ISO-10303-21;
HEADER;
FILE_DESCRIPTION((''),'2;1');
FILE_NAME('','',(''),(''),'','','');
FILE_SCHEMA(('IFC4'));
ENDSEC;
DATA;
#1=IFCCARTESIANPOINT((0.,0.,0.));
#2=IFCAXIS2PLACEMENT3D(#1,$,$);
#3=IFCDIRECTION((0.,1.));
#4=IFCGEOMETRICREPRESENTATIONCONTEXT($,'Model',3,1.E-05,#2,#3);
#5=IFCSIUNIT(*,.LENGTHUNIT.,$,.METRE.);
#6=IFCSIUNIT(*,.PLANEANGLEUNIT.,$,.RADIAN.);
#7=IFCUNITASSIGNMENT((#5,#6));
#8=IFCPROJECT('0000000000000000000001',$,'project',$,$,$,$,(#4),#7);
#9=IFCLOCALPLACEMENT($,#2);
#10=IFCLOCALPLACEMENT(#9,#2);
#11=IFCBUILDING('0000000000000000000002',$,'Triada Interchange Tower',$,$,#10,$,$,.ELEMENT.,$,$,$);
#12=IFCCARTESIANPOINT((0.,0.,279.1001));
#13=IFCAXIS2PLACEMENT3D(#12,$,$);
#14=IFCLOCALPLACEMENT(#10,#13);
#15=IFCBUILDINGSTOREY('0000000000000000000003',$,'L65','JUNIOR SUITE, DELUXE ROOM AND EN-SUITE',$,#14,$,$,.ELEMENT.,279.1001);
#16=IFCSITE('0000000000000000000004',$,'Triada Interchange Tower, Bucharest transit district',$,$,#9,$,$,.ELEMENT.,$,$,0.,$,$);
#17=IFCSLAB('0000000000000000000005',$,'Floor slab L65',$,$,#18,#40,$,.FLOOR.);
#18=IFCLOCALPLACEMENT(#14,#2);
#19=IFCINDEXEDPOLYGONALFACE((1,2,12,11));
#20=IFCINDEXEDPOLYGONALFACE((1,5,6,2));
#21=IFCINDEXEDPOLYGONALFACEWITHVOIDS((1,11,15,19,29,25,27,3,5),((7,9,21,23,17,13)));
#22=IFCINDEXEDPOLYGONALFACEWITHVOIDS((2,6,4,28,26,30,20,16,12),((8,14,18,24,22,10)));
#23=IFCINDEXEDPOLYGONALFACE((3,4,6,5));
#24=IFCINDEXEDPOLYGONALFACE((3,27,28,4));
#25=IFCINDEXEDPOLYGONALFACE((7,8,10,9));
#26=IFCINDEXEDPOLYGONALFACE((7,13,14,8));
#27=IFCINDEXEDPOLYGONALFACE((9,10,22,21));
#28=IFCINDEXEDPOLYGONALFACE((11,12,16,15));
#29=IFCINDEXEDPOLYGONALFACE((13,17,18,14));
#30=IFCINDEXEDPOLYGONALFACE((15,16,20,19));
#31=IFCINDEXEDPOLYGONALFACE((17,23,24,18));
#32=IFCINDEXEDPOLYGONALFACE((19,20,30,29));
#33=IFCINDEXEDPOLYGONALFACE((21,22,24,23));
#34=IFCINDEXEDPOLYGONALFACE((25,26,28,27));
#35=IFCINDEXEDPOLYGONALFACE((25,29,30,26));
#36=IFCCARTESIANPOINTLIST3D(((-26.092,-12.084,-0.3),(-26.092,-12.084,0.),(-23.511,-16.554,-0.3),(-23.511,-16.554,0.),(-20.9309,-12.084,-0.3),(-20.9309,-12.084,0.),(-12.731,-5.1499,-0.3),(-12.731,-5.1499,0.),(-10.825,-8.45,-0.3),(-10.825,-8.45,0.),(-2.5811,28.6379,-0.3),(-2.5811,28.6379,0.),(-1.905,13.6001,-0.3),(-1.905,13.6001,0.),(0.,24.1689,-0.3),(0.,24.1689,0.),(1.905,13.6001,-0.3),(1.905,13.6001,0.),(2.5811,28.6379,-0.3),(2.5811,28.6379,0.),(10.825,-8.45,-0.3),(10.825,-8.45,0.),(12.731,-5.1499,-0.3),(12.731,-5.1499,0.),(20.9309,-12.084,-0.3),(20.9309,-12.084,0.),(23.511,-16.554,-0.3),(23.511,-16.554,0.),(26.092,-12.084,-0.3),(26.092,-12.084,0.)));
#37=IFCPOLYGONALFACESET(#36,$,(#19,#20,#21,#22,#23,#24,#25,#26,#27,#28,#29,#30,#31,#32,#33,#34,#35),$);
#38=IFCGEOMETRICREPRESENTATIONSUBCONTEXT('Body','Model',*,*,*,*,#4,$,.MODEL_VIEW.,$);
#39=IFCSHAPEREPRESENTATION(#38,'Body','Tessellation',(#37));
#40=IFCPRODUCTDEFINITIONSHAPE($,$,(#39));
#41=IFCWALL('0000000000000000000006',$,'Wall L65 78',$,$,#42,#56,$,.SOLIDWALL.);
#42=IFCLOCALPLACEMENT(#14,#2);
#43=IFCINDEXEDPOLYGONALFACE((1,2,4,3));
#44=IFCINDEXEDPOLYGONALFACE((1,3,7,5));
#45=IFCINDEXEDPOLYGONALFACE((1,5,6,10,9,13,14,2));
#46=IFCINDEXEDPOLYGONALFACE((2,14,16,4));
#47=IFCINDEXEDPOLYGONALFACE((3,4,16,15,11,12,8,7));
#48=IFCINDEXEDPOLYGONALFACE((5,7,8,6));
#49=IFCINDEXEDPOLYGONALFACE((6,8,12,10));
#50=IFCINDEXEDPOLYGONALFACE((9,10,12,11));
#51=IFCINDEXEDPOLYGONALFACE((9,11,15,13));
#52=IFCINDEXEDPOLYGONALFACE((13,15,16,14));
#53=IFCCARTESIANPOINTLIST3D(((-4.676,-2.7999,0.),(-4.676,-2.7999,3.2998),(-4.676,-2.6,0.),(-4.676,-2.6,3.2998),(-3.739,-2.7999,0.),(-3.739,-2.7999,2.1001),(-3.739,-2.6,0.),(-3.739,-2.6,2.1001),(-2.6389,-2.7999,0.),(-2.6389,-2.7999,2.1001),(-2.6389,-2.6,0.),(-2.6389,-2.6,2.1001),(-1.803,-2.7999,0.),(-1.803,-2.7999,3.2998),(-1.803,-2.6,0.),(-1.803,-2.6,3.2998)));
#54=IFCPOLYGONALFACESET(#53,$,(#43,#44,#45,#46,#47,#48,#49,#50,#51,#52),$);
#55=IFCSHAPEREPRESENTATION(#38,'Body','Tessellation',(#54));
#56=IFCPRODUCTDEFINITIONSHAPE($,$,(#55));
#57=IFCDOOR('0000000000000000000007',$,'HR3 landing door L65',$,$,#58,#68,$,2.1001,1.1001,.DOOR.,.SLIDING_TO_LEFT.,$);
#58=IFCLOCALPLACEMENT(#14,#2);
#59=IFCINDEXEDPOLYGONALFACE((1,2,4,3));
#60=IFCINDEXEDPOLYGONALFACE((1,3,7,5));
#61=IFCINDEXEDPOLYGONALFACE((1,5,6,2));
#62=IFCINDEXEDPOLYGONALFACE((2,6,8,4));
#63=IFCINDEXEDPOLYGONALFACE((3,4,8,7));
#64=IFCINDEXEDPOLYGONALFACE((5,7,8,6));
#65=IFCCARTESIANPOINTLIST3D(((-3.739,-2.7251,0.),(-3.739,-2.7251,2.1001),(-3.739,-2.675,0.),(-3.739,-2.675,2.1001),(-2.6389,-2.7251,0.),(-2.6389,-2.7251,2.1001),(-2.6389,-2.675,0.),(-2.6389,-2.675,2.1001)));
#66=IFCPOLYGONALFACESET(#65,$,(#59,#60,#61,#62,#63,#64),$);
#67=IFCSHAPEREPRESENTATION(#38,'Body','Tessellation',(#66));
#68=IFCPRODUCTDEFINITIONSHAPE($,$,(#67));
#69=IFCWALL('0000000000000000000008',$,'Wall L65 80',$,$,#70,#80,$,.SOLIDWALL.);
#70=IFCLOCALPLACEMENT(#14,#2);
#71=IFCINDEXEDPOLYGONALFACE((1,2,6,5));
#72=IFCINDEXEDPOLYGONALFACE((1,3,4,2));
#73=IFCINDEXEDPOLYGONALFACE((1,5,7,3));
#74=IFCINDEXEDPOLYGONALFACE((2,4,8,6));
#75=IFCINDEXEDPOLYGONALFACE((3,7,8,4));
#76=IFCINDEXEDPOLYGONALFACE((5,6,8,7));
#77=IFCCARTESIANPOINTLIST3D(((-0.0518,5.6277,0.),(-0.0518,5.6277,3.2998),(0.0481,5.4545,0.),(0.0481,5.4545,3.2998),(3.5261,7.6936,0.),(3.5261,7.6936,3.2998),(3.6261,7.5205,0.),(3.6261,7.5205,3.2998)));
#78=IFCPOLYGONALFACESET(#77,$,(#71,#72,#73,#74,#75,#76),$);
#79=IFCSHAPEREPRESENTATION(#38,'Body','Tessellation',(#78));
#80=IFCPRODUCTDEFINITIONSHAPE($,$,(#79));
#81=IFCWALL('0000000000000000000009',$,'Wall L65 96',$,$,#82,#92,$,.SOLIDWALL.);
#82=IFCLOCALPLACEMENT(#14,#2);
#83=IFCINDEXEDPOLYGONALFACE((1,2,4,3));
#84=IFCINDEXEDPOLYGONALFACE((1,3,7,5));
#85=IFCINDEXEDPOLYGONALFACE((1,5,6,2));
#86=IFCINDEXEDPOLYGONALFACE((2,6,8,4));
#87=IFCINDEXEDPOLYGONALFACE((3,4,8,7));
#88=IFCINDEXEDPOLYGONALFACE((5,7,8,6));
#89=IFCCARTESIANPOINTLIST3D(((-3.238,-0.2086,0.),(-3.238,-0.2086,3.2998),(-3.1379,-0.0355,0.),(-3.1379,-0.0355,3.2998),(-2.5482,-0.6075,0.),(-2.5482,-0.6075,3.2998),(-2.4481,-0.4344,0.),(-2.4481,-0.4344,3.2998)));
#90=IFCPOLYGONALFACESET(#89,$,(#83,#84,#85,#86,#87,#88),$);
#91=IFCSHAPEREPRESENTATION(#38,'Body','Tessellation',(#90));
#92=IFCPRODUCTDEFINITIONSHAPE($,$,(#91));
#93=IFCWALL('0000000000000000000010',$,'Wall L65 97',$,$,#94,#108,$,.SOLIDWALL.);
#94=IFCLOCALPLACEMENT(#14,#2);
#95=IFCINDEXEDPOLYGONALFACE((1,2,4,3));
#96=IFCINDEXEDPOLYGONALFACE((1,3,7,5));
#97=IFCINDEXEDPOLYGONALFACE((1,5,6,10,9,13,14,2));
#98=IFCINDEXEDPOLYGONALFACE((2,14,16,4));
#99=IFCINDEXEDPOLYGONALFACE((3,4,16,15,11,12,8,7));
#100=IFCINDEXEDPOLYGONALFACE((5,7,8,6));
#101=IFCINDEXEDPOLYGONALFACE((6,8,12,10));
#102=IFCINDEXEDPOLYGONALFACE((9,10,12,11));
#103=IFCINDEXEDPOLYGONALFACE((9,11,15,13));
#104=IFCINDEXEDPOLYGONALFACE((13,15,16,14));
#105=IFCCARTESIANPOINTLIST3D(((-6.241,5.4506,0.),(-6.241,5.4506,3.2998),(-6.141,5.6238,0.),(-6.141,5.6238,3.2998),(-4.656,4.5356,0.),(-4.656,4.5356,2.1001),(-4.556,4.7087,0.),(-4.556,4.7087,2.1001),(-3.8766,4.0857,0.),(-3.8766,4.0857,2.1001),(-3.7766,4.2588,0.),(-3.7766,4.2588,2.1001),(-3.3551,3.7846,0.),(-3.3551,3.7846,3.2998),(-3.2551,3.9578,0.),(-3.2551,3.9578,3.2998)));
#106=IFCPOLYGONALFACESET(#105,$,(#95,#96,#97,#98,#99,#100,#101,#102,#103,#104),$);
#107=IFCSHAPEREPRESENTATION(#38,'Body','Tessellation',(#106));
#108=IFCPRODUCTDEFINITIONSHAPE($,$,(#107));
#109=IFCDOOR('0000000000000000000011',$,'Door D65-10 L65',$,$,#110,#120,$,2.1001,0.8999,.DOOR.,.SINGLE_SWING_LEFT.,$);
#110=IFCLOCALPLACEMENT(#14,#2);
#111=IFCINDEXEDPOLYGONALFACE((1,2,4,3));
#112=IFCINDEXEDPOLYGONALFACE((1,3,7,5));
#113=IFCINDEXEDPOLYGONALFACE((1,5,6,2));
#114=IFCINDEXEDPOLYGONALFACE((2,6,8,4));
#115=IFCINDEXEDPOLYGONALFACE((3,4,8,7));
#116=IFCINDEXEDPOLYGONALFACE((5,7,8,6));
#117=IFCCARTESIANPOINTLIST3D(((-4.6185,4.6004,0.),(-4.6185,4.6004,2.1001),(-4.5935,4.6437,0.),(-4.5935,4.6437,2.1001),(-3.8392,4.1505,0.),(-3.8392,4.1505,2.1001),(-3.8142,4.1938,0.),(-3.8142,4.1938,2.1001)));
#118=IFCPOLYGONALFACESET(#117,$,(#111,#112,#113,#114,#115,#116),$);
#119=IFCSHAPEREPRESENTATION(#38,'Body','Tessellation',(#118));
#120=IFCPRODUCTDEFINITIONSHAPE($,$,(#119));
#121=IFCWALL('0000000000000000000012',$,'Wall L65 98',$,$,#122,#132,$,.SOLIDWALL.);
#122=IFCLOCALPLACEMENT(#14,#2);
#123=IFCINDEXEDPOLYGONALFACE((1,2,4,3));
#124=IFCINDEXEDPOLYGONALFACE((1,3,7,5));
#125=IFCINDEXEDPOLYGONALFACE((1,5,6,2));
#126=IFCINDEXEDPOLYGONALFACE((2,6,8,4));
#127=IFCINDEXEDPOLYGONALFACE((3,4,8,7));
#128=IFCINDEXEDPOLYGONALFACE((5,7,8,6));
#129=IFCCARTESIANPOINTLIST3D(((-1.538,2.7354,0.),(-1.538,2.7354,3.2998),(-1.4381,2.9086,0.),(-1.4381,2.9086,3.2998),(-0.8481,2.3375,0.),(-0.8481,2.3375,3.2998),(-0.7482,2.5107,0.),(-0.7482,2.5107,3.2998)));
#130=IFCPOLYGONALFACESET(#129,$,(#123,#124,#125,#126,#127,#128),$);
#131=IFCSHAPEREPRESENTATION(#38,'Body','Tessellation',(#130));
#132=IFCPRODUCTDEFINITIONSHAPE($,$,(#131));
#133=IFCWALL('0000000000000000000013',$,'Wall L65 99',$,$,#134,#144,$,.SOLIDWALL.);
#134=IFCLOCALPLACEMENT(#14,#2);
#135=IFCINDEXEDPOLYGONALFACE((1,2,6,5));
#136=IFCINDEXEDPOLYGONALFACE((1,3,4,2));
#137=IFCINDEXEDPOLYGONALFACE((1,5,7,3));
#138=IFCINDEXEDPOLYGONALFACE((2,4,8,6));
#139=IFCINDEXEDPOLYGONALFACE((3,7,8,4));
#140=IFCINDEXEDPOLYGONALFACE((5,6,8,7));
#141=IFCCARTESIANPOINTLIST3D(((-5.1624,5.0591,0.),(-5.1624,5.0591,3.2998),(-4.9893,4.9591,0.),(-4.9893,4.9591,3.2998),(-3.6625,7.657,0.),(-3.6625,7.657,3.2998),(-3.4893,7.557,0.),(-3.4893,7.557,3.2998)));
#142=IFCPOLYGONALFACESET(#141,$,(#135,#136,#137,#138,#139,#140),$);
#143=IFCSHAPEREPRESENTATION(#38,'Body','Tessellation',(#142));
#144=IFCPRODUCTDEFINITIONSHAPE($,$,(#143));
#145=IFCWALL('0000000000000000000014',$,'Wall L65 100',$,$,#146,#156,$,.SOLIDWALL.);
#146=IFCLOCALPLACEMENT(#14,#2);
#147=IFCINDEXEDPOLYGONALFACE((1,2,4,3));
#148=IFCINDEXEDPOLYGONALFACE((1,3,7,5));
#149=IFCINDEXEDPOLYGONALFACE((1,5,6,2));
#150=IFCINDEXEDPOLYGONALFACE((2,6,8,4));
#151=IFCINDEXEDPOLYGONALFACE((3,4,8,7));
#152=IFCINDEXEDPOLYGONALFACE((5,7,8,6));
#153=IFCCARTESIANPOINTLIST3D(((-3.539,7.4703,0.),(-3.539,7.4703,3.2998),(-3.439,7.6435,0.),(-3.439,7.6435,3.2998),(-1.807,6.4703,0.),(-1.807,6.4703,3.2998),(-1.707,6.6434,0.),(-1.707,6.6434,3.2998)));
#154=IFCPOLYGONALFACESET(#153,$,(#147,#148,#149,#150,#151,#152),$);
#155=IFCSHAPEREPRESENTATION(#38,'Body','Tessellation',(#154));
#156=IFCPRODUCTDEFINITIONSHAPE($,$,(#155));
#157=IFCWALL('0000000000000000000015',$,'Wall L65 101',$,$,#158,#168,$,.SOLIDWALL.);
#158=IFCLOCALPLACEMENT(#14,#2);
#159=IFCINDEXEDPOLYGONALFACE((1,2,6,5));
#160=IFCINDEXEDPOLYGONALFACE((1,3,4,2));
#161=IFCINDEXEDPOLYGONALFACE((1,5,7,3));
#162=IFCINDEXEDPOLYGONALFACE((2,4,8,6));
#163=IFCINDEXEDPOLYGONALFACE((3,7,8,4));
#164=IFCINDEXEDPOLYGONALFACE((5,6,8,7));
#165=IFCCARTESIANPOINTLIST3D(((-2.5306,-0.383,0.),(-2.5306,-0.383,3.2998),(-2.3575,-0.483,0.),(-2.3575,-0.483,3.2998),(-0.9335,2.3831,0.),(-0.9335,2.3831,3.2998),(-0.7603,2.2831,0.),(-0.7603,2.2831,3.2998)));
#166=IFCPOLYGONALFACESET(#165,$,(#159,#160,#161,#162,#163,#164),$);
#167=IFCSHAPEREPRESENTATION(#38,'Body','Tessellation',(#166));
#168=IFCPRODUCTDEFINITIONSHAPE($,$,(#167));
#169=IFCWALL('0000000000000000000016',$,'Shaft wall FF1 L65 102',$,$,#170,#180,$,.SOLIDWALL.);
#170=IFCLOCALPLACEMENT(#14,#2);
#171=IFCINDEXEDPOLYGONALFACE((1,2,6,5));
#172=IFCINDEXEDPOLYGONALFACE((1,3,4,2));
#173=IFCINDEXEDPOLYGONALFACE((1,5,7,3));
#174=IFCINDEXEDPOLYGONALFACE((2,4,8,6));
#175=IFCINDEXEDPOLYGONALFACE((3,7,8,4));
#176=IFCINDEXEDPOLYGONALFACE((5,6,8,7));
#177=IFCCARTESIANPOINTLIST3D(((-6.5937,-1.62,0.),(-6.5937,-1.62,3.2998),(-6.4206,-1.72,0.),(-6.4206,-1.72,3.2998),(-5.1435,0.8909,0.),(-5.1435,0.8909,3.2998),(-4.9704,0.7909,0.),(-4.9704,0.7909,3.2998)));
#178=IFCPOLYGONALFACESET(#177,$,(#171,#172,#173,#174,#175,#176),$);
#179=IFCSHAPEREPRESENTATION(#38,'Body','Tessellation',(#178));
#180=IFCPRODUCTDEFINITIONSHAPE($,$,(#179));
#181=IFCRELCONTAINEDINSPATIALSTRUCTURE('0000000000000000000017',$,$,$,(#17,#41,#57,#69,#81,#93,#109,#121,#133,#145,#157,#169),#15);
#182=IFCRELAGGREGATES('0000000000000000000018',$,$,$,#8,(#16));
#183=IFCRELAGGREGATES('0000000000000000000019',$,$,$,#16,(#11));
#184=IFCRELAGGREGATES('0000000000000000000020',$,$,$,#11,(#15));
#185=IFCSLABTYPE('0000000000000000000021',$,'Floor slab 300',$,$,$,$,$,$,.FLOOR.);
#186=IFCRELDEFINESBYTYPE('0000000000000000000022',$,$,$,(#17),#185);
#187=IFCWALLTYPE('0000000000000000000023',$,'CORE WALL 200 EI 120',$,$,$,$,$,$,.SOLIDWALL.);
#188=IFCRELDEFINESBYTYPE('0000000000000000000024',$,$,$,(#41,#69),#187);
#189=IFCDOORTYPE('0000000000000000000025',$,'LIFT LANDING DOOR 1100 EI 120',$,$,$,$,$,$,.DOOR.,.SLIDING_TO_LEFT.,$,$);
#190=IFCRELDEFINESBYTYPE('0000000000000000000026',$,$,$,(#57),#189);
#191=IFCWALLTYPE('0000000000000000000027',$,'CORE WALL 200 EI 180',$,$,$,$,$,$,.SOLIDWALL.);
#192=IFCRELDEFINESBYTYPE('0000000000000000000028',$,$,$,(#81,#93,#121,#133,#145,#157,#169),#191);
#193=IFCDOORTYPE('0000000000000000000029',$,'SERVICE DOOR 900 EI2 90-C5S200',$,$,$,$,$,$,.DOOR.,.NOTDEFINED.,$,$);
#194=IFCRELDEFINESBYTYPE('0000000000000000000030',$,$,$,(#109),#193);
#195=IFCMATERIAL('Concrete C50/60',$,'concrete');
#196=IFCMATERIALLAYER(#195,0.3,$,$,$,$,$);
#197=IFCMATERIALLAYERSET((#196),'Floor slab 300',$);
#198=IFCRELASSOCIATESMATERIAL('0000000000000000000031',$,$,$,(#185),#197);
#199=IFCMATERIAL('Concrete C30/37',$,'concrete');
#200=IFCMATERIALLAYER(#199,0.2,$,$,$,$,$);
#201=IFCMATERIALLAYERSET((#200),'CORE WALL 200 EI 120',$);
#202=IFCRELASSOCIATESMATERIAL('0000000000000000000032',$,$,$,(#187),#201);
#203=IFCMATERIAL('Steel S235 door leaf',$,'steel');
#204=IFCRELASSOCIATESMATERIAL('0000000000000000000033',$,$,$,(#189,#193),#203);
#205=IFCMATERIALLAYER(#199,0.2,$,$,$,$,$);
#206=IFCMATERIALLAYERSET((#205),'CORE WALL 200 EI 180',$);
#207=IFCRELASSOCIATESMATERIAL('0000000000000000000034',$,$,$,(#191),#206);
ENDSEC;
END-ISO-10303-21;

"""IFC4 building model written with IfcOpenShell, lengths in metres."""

from ifc_helpers import new_model, si_unit, direction, frame, frame_2d, origin, place, context, subcontext, project, spatial, polyline, rectangle, outline, extrude, material, layer, layer_set, type_object, element, fill, save


model = new_model("IFC4")

# Units and contexts
model_context = context("Model", 3, precision=1e-05, world=origin(), true_north=direction((0.0, 1.0)))
body_context = subcontext(model_context, "Body", "Model", "MODEL_VIEW")
ifc_project = project(units=[si_unit("LENGTHUNIT", "METRE"), si_unit("PLANEANGLEUNIT", "RADIAN")], contexts=[model_context])

# Site, building, storey
site_placement = place(None, origin())
site = spatial("IfcSite", under=ifc_project, at=site_placement, Name="Triada Interchange Tower, Bucharest transit district", CompositionType="ELEMENT", RefElevation=0.0)
building_placement = place(site_placement, origin())
building = spatial("IfcBuilding", under=site, at=building_placement, Name="Triada Interchange Tower", CompositionType="ELEMENT")
storey_placement = place(building_placement, frame((0.0, 0.0, 279.1001)))
storey = spatial("IfcBuildingStorey", under=building, at=storey_placement, Name="L65", Description="JUNIOR SUITE, DELUXE ROOM AND EN-SUITE", CompositionType="ELEMENT", Elevation=279.1001)

# Slab
ifc_material_1 = material(Name="Concrete C50/60", Category="concrete")
ifc_layer_1 = layer(ifc_material_1, 0.3)
ifc_layer_set_1 = layer_set([ifc_layer_1], Name="Floor slab 300")
slab_type = type_object("IfcSlabType", Name="Floor slab 300", PredefinedType="FLOOR", material=ifc_layer_set_1)
slab_placement = place(storey_placement, frame((0.0, 0.0, -0.3)))
element("IfcSlab", 1, at=slab_placement, inside=storey, type_object=slab_type, Name="Floor slab L65", PredefinedType="FLOOR", context=body_context, shape_type="SweptSolid", body=[
    extrude(outline(polyline([(-2.5811, 28.6379), (-26.092, -12.084), (-20.9309, -12.084), (-23.511, -16.554), (23.511, -16.554), (20.9309, -12.084), (26.092, -12.084), (2.5811, 28.6379), (0.0, 24.1689), (-2.5811, 28.6379)]), holes=[polyline([(1.905, 13.6001), (-1.905, 13.6001), (-12.731, -5.1499), (-10.825, -8.45), (10.825, -8.45), (12.731, -5.1499), (1.905, 13.6001)])]), origin(), (0.0, 0.0, 1.0), 0.3),
])

# Wall, opening, door
ifc_material_2 = material(Name="Concrete C30/37", Category="concrete")
ifc_layer_2 = layer(ifc_material_2, 0.2)
ifc_layer_set_2 = layer_set([ifc_layer_2], Name="CORE WALL 200 EI 120")
wall_type_1 = type_object("IfcWallType", Name="CORE WALL 200 EI 120", PredefinedType="SOLIDWALL", material=ifc_layer_set_2)
wall_1_placement = place(storey_placement, frame((-4.676, -2.7, 0.0), z_axis=(0.0, 0.0, 1.0), x_axis=(1.0, 0.0, 0.0)))
wall_1 = element("IfcWall", 2, at=wall_1_placement, inside=storey, type_object=wall_type_1, Name="Wall L65 78", PredefinedType="SOLIDWALL", context=body_context, shape_type="SweptSolid", body=[
    extrude(rectangle(XDim=2.873, YDim=0.2, at=frame_2d((1.4365, 0.0))), origin(), (0.0, 0.0, 1.0), 3.2998),
])
opening_1_placement = place(wall_1_placement, frame((0.937, 0.0, 0.0)))
opening_1 = element("IfcOpeningElement", 3, at=opening_1_placement, cuts=wall_1, PredefinedType="OPENING", context=body_context, shape_type="SweptSolid", body=[
    extrude(rectangle(XDim=1.1001, YDim=2.1001, at=frame_2d((0.55, 1.05))), frame((0.0, 0.1099, 0.0), z_axis=(0.0, -1.0, 0.0), x_axis=(1.0, 0.0, 0.0)), (0.0, 0.0, 1.0), 0.22),
])
ifc_material_3 = material(Name="Steel S235 door leaf", Category="steel")
door_type_1 = type_object("IfcDoorType", Name="LIFT LANDING DOOR 1100 EI 120", OperationType="SLIDING_TO_LEFT", PredefinedType="DOOR", material=ifc_material_3)
door_1_placement = place(opening_1_placement, origin())
door_1 = element("IfcDoor", 4, at=door_1_placement, inside=storey, type_object=door_type_1, Name="HR3 landing door L65", OperationType="SLIDING_TO_LEFT", OverallHeight=2.1001, OverallWidth=1.1001, PredefinedType="DOOR", context=body_context, shape_type="SweptSolid", body=[
    extrude(rectangle(XDim=1.1001, YDim=2.1001, at=frame_2d((0.55, 1.05))), frame((0.0, 0.0249, 0.0), z_axis=(0.0, -1.0, 0.0), x_axis=(1.0, 0.0, 0.0)), (0.0, 0.0, 1.0), 0.05),
])
fill(opening_1, door_1)

# Walls
wall_2_placement = place(storey_placement, frame((-0.002, 5.541, 0.0), z_axis=(0.0, 0.0, 1.0), x_axis=(0.866002, 0.500041, 0.0)))
element("IfcWall", 5, at=wall_2_placement, inside=storey, type_object=wall_type_1, Name="Wall L65 80", PredefinedType="SOLIDWALL", context=body_context, shape_type="SweptSolid", body=[
    extrude(rectangle(XDim=4.1316, YDim=0.2, at=frame_2d((2.0659, 0.0))), origin(), (0.0, 0.0, 1.0), 3.2998),
])
ifc_layer_3 = layer(ifc_material_2, 0.2)
ifc_layer_set_3 = layer_set([ifc_layer_3], Name="CORE WALL 200 EI 180")
wall_type_2 = type_object("IfcWallType", Name="CORE WALL 200 EI 180", PredefinedType="SOLIDWALL", material=ifc_layer_set_3)
wall_3_placement = place(storey_placement, frame((-3.188, -0.1221, 0.0), z_axis=(0.0, 0.0, 1.0), x_axis=(0.865706, -0.500553, 0.0)))
element("IfcWall", 6, at=wall_3_placement, inside=storey, type_object=wall_type_2, Name="Wall L65 96", PredefinedType="SOLIDWALL", context=body_context, shape_type="SweptSolid", body=[
    extrude(rectangle(XDim=0.7969, YDim=0.2, at=frame_2d((0.3984, 0.0))), origin(), (0.0, 0.0, 1.0), 3.2998),
])

# Wall, opening, door
wall_4_placement = place(storey_placement, frame((-6.1909, 5.5371, 0.0), z_axis=(0.0, 0.0, 1.0), x_axis=(0.866053, -0.499953, 0.0)))
wall_4 = element("IfcWall", 7, at=wall_4_placement, inside=storey, type_object=wall_type_2, Name="Wall L65 97", PredefinedType="SOLIDWALL", context=body_context, shape_type="SweptSolid", body=[
    extrude(rectangle(XDim=3.3323, YDim=0.2, at=frame_2d((1.666, 0.0))), origin(), (0.0, 0.0, 1.0), 3.2998),
])
opening_2_placement = place(wall_4_placement, frame((1.8301, 0.0, 0.0)))
opening_2 = element("IfcOpeningElement", 8, at=opening_2_placement, cuts=wall_4, PredefinedType="OPENING", context=body_context, shape_type="SweptSolid", body=[
    extrude(rectangle(XDim=0.8999, YDim=2.1001, at=frame_2d((0.45, 1.05))), frame((0.0, 0.1099, 0.0), z_axis=(0.0, -1.0, 0.0), x_axis=(1.0, 0.0, 0.0)), (0.0, 0.0, 1.0), 0.22),
])
door_type_2 = type_object("IfcDoorType", Name="SERVICE DOOR 900 EI2 90-C5S200", OperationType="NOTDEFINED", PredefinedType="DOOR", material=ifc_material_3)
door_2_placement = place(opening_2_placement, origin())
door_2 = element("IfcDoor", 9, at=door_2_placement, inside=storey, type_object=door_type_2, Name="Door D65-10 L65", OperationType="SINGLE_SWING_LEFT", OverallHeight=2.1001, OverallWidth=0.8999, PredefinedType="DOOR", context=body_context, shape_type="SweptSolid", body=[
    extrude(rectangle(XDim=0.8999, YDim=2.1001, at=frame_2d((0.45, 1.05))), frame((0.0, 0.0249, 0.0), z_axis=(0.0, -1.0, 0.0), x_axis=(1.0, 0.0, 0.0)), (0.0, 0.0, 1.0), 0.05),
])
fill(opening_2, door_2)

# Walls
wall_5_placement = place(storey_placement, frame((-1.488, 2.822, 0.0), z_axis=(0.0, 0.0, 1.0), x_axis=(0.866237, -0.499634, 0.0)))
element("IfcWall", 10, at=wall_5_placement, inside=storey, type_object=wall_type_2, Name="Wall L65 98", PredefinedType="SOLIDWALL", context=body_context, shape_type="SweptSolid", body=[
    extrude(rectangle(XDim=0.7964, YDim=0.2, at=frame_2d((0.3982, 0.0))), origin(), (0.0, 0.0, 1.0), 3.2998),
])
wall_6_placement = place(storey_placement, frame((-5.0759, 5.009, 0.0), z_axis=(0.0, 0.0, 1.0), x_axis=(0.500025, 0.866011, 0.0)))
element("IfcWall", 11, at=wall_6_placement, inside=storey, type_object=wall_type_2, Name="Wall L65 99", PredefinedType="SOLIDWALL", context=body_context, shape_type="SweptSolid", body=[
    extrude(rectangle(XDim=2.9998, YDim=0.2, at=frame_2d((1.5, 0.0))), origin(), (0.0, 0.0, 1.0), 3.2998),
])
wall_7_placement = place(storey_placement, frame((-3.489, 7.5569, 0.0), z_axis=(0.0, 0.0, 1.0), x_axis=(0.866011, -0.500025, 0.0)))
element("IfcWall", 12, at=wall_7_placement, inside=storey, type_object=wall_type_2, Name="Wall L65 100", PredefinedType="SOLIDWALL", context=body_context, shape_type="SweptSolid", body=[
    extrude(rectangle(XDim=2.0, YDim=0.2, at=frame_2d((1.0, 0.0))), origin(), (0.0, 0.0, 1.0), 3.2998),
])
wall_8_placement = place(storey_placement, frame((-2.4441, -0.4331, 0.0), z_axis=(0.0, 0.0, 1.0), x_axis=(0.500036, 0.866005, 0.0)))
element("IfcWall", 13, at=wall_8_placement, inside=storey, type_object=wall_type_2, Name="Wall L65 101", PredefinedType="SOLIDWALL", context=body_context, shape_type="SweptSolid", body=[
    extrude(rectangle(XDim=3.1941, YDim=0.2, at=frame_2d((1.5972, 0.0))), origin(), (0.0, 0.0, 1.0), 3.2998),
])
wall_9_placement = place(storey_placement, frame((-6.5071, -1.6699, 0.0), z_axis=(0.0, 0.0, 1.0), x_axis=(0.500123, 0.865954, 0.0)))
element("IfcWall", 14, at=wall_9_placement, inside=storey, type_object=wall_type_2, Name="Shaft wall FF1 L65 102", PredefinedType="SOLIDWALL", context=body_context, shape_type="SweptSolid", body=[
    extrude(rectangle(XDim=2.8997, YDim=0.2, at=frame_2d((1.4497, 0.0))), origin(), (0.0, 0.0, 1.0), 3.2998),
])

save(model, "model.ifc")
